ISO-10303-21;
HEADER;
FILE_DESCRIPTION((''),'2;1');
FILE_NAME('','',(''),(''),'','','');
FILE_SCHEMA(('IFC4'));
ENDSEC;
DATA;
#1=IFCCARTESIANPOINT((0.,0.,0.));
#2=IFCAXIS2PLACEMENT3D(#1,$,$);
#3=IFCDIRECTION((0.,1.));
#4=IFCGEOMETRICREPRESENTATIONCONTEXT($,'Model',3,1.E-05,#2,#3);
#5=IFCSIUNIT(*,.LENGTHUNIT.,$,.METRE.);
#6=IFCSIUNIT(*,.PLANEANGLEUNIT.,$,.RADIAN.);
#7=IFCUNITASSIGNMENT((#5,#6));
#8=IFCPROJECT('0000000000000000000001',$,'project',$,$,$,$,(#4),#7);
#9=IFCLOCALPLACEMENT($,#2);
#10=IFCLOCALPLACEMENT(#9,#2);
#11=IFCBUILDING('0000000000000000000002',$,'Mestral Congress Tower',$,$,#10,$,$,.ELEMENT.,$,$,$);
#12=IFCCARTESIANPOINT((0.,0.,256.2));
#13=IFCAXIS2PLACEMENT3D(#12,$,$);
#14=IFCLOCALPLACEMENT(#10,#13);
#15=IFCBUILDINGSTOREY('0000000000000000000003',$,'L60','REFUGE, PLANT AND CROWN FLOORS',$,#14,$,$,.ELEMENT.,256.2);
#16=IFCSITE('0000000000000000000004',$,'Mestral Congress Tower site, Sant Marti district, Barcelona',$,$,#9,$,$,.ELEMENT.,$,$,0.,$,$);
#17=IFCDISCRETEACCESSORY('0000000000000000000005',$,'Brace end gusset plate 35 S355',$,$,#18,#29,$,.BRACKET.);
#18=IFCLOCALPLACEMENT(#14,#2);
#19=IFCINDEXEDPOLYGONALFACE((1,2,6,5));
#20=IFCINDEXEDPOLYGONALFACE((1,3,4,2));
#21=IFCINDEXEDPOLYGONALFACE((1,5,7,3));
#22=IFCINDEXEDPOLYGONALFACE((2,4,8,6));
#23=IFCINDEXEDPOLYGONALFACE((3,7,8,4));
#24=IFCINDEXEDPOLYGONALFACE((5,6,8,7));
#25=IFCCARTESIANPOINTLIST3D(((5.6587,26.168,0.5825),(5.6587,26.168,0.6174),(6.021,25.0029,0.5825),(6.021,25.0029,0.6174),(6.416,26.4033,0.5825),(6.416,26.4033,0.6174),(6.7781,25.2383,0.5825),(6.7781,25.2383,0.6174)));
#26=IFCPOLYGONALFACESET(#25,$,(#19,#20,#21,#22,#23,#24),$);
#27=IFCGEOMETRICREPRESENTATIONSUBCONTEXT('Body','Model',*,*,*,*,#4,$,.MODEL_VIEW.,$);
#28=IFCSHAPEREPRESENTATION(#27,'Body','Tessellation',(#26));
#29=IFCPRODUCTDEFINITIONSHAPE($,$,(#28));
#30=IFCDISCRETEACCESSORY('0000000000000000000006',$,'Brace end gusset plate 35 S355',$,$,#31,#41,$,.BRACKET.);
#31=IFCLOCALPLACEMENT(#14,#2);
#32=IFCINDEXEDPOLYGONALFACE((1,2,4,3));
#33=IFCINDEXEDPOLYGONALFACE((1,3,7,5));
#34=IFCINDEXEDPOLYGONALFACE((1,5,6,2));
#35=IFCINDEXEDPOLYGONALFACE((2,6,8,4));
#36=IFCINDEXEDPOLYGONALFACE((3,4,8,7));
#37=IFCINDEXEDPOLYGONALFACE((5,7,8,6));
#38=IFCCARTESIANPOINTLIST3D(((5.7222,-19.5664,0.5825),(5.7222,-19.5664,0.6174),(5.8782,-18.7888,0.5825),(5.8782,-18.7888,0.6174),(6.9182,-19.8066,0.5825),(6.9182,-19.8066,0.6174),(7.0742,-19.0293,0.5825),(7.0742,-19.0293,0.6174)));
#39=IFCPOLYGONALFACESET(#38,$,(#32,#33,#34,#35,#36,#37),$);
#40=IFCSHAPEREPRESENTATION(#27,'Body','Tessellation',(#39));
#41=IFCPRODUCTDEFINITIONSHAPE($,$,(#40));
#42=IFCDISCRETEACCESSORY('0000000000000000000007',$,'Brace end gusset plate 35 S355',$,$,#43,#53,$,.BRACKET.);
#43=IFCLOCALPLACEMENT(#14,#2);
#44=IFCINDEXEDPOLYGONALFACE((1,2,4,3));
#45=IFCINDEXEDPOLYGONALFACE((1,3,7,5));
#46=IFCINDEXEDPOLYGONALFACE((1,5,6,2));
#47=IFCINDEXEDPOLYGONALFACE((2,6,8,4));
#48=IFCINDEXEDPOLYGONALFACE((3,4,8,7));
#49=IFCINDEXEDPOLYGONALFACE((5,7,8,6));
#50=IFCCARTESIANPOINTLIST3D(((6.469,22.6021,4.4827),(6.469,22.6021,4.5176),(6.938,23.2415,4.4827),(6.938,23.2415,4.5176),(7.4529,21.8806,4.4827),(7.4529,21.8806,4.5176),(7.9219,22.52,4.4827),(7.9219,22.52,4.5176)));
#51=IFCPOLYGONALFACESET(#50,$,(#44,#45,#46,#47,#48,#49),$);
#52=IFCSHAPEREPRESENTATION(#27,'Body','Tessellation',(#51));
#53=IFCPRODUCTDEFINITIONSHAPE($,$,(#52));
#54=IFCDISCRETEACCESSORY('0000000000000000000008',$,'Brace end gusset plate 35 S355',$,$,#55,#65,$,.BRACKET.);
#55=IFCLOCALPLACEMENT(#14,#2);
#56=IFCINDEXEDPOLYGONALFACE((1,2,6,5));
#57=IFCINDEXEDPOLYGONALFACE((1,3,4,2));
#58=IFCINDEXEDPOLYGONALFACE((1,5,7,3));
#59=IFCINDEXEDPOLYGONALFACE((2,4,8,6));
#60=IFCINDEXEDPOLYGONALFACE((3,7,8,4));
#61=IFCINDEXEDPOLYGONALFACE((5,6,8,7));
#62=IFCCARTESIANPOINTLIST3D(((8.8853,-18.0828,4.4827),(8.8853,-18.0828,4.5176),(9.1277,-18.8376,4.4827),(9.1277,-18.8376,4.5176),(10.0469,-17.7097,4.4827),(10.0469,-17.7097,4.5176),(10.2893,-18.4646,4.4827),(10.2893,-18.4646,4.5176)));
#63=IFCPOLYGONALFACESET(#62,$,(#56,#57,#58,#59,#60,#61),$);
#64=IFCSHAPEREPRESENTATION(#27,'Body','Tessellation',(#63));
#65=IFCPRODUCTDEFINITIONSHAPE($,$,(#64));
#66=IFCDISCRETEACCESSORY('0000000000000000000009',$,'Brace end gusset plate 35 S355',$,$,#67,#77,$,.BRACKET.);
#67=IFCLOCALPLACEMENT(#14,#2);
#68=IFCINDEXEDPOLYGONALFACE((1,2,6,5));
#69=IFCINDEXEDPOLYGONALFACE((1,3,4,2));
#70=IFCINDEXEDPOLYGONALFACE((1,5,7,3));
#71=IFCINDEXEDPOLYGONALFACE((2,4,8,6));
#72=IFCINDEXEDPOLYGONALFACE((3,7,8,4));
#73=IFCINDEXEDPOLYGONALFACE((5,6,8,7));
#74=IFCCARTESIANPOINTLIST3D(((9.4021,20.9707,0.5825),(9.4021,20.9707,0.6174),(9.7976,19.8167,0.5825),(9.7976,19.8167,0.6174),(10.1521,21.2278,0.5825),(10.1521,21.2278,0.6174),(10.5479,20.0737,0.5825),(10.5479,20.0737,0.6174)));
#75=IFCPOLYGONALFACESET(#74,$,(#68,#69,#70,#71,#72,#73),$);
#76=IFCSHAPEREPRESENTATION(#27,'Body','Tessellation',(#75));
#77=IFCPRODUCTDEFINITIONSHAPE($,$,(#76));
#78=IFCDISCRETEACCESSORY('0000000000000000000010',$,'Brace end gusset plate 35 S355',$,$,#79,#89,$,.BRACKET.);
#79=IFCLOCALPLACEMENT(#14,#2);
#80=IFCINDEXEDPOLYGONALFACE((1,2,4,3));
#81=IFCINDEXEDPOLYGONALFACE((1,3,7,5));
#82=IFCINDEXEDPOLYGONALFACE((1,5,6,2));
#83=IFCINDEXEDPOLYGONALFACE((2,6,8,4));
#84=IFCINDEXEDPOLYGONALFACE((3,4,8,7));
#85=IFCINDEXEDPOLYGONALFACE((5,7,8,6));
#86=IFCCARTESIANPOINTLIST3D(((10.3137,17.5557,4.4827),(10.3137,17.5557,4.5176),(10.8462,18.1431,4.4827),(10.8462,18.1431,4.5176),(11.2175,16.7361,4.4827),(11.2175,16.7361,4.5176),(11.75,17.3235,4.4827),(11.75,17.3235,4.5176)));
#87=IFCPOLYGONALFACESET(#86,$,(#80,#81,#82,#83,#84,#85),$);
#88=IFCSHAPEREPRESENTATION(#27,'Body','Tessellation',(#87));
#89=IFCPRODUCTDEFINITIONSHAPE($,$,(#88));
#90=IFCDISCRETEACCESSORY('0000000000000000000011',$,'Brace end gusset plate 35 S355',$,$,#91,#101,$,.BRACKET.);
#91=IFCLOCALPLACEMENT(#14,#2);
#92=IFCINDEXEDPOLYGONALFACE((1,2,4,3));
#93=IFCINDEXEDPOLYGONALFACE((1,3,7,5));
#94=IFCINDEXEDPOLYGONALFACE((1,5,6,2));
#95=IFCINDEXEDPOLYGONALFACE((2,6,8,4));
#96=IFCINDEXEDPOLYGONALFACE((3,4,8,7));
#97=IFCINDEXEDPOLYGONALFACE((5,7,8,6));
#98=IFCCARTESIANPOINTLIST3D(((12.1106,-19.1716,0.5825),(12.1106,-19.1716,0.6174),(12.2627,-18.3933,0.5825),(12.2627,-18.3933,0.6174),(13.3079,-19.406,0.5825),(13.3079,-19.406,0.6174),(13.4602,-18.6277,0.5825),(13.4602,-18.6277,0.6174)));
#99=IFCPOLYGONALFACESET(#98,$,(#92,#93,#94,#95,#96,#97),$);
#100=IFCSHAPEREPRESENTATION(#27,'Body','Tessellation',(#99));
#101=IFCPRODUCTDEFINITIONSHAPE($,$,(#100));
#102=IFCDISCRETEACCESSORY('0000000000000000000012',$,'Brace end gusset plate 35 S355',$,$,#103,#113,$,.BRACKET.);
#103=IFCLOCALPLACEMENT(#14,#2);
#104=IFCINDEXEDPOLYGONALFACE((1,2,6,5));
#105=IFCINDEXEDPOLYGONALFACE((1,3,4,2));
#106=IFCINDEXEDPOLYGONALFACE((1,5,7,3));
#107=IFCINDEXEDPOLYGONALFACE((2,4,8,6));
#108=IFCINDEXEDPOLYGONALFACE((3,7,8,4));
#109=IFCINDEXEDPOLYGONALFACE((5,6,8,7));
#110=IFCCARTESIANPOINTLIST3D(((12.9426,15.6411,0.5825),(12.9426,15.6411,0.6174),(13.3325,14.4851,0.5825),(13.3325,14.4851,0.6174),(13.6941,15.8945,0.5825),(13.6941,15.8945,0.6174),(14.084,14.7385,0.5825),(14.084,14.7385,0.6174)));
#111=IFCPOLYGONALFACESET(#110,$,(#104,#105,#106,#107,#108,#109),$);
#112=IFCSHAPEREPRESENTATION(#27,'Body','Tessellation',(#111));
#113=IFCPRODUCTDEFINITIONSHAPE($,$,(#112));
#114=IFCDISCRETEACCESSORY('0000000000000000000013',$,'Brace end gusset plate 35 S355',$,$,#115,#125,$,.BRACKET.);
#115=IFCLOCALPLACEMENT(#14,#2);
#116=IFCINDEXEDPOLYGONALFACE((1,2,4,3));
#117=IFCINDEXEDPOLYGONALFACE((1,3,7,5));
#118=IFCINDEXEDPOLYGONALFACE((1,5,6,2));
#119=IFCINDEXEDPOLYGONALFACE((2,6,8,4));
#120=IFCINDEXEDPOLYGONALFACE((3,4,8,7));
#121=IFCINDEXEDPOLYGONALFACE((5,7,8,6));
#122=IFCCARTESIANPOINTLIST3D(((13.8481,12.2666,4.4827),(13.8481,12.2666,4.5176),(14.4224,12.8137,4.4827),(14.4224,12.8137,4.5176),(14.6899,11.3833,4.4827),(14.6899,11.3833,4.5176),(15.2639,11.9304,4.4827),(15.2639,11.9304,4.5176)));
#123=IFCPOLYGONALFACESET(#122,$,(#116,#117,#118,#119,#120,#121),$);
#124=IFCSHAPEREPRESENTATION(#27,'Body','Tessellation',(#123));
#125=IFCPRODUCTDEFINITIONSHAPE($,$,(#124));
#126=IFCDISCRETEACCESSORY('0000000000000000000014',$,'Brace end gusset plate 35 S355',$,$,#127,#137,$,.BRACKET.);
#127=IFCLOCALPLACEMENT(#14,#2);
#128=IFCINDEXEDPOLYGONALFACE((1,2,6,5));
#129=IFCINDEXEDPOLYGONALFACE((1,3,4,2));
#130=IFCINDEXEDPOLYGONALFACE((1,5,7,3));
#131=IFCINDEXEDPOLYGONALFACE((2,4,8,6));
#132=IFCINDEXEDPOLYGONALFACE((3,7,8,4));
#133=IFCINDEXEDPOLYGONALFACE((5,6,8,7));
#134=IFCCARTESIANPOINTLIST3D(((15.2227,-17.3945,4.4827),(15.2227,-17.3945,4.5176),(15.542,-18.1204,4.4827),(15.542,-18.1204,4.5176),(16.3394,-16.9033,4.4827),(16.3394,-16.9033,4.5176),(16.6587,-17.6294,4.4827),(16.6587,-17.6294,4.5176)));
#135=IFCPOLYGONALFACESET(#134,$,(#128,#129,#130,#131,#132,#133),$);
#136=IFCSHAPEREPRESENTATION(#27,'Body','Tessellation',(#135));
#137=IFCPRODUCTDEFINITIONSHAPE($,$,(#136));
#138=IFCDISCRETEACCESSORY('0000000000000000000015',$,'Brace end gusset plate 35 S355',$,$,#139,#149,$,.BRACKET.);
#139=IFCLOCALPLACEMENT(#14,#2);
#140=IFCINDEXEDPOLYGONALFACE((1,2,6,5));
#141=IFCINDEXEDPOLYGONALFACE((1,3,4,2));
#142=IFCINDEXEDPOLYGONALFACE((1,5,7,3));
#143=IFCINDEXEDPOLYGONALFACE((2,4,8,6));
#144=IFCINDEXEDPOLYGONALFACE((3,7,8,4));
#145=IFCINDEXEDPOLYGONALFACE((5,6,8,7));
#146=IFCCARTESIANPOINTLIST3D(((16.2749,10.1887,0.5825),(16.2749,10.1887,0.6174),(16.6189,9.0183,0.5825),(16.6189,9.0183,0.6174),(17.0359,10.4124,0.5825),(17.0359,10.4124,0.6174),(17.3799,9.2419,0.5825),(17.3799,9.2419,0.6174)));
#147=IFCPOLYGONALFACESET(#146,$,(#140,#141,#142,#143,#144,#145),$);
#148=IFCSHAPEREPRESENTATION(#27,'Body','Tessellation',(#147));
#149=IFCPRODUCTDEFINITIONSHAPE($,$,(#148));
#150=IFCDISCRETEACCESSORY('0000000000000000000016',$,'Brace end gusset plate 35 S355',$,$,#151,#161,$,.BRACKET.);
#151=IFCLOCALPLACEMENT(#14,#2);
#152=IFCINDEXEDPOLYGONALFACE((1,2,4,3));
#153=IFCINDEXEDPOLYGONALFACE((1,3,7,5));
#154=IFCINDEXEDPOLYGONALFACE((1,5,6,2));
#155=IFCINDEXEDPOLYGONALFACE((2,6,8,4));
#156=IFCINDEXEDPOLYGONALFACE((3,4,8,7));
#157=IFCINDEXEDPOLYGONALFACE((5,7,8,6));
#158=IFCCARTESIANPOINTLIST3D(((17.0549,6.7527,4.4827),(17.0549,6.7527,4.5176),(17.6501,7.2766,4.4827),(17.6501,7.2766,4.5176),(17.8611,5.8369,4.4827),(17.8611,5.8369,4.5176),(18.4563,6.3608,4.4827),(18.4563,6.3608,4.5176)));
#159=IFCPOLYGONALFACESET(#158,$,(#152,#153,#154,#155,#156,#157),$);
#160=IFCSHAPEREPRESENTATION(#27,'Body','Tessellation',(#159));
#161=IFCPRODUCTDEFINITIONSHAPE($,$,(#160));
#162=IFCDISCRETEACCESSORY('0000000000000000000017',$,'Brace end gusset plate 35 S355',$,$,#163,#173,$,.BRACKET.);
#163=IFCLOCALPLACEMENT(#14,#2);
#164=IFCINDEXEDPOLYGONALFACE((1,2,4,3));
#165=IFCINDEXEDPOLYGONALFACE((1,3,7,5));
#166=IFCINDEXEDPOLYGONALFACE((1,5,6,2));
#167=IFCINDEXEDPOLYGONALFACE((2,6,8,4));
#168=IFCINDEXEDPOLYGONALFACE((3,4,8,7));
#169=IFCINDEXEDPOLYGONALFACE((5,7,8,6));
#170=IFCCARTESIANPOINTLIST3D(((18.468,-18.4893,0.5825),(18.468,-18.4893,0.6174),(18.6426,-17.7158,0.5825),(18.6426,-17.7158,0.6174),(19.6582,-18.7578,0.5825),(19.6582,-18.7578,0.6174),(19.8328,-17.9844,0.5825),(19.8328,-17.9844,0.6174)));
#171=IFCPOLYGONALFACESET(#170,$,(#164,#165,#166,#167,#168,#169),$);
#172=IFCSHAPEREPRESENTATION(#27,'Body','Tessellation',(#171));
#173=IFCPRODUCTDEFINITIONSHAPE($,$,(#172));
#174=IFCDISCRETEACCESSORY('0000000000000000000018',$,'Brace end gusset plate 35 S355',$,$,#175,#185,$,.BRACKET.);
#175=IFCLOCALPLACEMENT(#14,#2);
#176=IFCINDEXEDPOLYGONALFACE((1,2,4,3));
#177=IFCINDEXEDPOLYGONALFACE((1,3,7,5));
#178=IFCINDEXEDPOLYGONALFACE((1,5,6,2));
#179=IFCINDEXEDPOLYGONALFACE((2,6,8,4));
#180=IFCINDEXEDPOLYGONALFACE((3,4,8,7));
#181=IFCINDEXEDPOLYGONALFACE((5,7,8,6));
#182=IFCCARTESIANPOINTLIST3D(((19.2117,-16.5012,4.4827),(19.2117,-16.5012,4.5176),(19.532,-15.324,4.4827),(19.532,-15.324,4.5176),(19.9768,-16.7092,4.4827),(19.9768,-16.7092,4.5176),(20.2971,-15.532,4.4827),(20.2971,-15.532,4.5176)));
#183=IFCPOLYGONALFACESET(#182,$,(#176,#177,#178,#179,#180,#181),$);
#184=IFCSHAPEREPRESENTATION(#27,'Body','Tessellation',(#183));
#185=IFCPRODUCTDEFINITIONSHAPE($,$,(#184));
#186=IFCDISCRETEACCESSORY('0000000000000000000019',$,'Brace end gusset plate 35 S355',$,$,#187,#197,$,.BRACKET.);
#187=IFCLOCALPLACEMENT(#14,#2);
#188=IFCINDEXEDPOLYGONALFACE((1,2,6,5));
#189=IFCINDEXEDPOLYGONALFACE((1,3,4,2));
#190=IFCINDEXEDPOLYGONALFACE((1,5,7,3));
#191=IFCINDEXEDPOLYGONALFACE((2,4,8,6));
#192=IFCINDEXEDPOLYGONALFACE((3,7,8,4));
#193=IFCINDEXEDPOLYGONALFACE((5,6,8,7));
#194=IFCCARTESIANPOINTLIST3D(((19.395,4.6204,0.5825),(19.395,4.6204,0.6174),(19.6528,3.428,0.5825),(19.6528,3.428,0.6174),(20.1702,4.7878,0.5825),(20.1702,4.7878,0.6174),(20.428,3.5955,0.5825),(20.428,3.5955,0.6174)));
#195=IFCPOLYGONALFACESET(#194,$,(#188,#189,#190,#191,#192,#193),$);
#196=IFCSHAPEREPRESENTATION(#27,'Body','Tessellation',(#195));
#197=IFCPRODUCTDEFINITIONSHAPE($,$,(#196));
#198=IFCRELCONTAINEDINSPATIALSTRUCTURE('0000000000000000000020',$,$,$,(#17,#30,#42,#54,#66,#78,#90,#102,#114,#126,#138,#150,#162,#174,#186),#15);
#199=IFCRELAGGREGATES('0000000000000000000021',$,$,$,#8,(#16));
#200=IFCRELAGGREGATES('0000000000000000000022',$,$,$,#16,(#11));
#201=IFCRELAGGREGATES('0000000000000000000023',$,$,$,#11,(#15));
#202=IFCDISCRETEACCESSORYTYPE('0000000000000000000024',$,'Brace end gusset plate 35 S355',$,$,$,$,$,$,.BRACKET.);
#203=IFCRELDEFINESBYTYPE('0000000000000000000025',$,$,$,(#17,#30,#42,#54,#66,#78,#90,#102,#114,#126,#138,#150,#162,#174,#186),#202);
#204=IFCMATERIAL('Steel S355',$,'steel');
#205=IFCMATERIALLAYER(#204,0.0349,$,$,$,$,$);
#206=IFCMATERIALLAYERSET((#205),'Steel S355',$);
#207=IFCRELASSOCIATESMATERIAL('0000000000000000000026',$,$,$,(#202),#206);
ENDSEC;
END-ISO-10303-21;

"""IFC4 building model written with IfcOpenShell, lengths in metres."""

from ifc_helpers import new_model, si_unit, direction, frame, origin, place, context, subcontext, project, spatial, polyline, outline, extrude, material, layer, layer_set, type_object, element, save


model = new_model("IFC4")

# Units and contexts
model_context = context("Model", 3, precision=1e-05, world=origin(), true_north=direction((0.0, 1.0)))
body_context = subcontext(model_context, "Body", "Model", "MODEL_VIEW")
ifc_project = project(units=[si_unit("LENGTHUNIT", "METRE"), si_unit("PLANEANGLEUNIT", "RADIAN")], contexts=[model_context])

# Site, building, storey
site_placement = place(None, origin())
site = spatial("IfcSite", under=ifc_project, at=site_placement, Name="Mestral Congress Tower site, Sant Marti district, Barcelona", CompositionType="ELEMENT", RefElevation=0.0)
building_placement = place(site_placement, origin())
building = spatial("IfcBuilding", under=site, at=building_placement, Name="Mestral Congress Tower", CompositionType="ELEMENT")
storey_placement = place(building_placement, frame((0.0, 0.0, 256.2)))
storey = spatial("IfcBuildingStorey", under=building, at=storey_placement, Name="L60", Description="REFUGE, PLANT AND CROWN FLOORS", CompositionType="ELEMENT", Elevation=256.2)

# Discrete accessories
ifc_material_1 = material(Name="Steel S355", Category="steel")
ifc_layer_1 = layer(ifc_material_1, 0.0349)
ifc_layer_set_1 = layer_set([ifc_layer_1], Name="Steel S355")
discrete_accessory_type = type_object("IfcDiscreteAccessoryType", Name="Brace end gusset plate 35 S355", PredefinedType="BRACKET", material=ifc_layer_set_1)
placement_1 = place(storey_placement, frame((0.0, 0.0, 4.4827)))
placement_2 = place(storey_placement, frame((0.0, 0.0, 0.5825)))
element("IfcDiscreteAccessory", 1, at=placement_2, inside=storey, type_object=discrete_accessory_type, Name="Brace end gusset plate 35 S355", PredefinedType="BRACKET", context=body_context, shape_type="SweptSolid", body=[
    extrude(outline(polyline([(5.6587, 26.168), (6.021, 25.0029), (6.7781, 25.2383), (6.416, 26.4033), (5.6587, 26.168)])), origin(), (0.0, 0.0, 1.0), 0.0349),
])
element("IfcDiscreteAccessory", 2, at=placement_2, inside=storey, type_object=discrete_accessory_type, Name="Brace end gusset plate 35 S355", PredefinedType="BRACKET", context=body_context, shape_type="SweptSolid", body=[
    extrude(outline(polyline([(7.0742, -19.0293), (5.8782, -18.7888), (5.7222, -19.5664), (6.9182, -19.8066), (7.0742, -19.0293)])), origin(), (0.0, 0.0, 1.0), 0.0349),
])
element("IfcDiscreteAccessory", 3, at=placement_1, inside=storey, type_object=discrete_accessory_type, Name="Brace end gusset plate 35 S355", PredefinedType="BRACKET", context=body_context, shape_type="SweptSolid", body=[
    extrude(outline(polyline([(6.469, 22.6021), (7.4529, 21.8806), (7.9219, 22.52), (6.938, 23.2415), (6.469, 22.6021)])), origin(), (0.0, 0.0, 1.0), 0.0349),
])
element("IfcDiscreteAccessory", 4, at=placement_1, inside=storey, type_object=discrete_accessory_type, Name="Brace end gusset plate 35 S355", PredefinedType="BRACKET", context=body_context, shape_type="SweptSolid", body=[
    extrude(outline(polyline([(10.0469, -17.7097), (8.8853, -18.0828), (9.1277, -18.8376), (10.2893, -18.4646), (10.0469, -17.7097)])), origin(), (0.0, 0.0, 1.0), 0.0349),
])
element("IfcDiscreteAccessory", 5, at=placement_2, inside=storey, type_object=discrete_accessory_type, Name="Brace end gusset plate 35 S355", PredefinedType="BRACKET", context=body_context, shape_type="SweptSolid", body=[
    extrude(outline(polyline([(9.4021, 20.9707), (9.7976, 19.8167), (10.5479, 20.0737), (10.1521, 21.2278), (9.4021, 20.9707)])), origin(), (0.0, 0.0, 1.0), 0.0349),
])
element("IfcDiscreteAccessory", 6, at=placement_1, inside=storey, type_object=discrete_accessory_type, Name="Brace end gusset plate 35 S355", PredefinedType="BRACKET", context=body_context, shape_type="SweptSolid", body=[
    extrude(outline(polyline([(10.3137, 17.5557), (11.2175, 16.7361), (11.75, 17.3235), (10.8462, 18.1431), (10.3137, 17.5557)])), origin(), (0.0, 0.0, 1.0), 0.0349),
])
element("IfcDiscreteAccessory", 7, at=placement_2, inside=storey, type_object=discrete_accessory_type, Name="Brace end gusset plate 35 S355", PredefinedType="BRACKET", context=body_context, shape_type="SweptSolid", body=[
    extrude(outline(polyline([(13.4602, -18.6277), (12.2627, -18.3933), (12.1106, -19.1716), (13.3079, -19.406), (13.4602, -18.6277)])), origin(), (0.0, 0.0, 1.0), 0.0349),
])
element("IfcDiscreteAccessory", 8, at=placement_2, inside=storey, type_object=discrete_accessory_type, Name="Brace end gusset plate 35 S355", PredefinedType="BRACKET", context=body_context, shape_type="SweptSolid", body=[
    extrude(outline(polyline([(12.9426, 15.6411), (13.3325, 14.4851), (14.084, 14.7385), (13.6941, 15.8945), (12.9426, 15.6411)])), origin(), (0.0, 0.0, 1.0), 0.0349),
])
element("IfcDiscreteAccessory", 9, at=placement_1, inside=storey, type_object=discrete_accessory_type, Name="Brace end gusset plate 35 S355", PredefinedType="BRACKET", context=body_context, shape_type="SweptSolid", body=[
    extrude(outline(polyline([(13.8481, 12.2666), (14.6899, 11.3833), (15.2639, 11.9304), (14.4224, 12.8137), (13.8481, 12.2666)])), origin(), (0.0, 0.0, 1.0), 0.0349),
])
element("IfcDiscreteAccessory", 10, at=placement_1, inside=storey, type_object=discrete_accessory_type, Name="Brace end gusset plate 35 S355", PredefinedType="BRACKET", context=body_context, shape_type="SweptSolid", body=[
    extrude(outline(polyline([(16.3394, -16.9033), (15.2227, -17.3945), (15.542, -18.1204), (16.6587, -17.6294), (16.3394, -16.9033)])), origin(), (0.0, 0.0, 1.0), 0.0349),
])
element("IfcDiscreteAccessory", 11, at=placement_2, inside=storey, type_object=discrete_accessory_type, Name="Brace end gusset plate 35 S355", PredefinedType="BRACKET", context=body_context, shape_type="SweptSolid", body=[
    extrude(outline(polyline([(16.2749, 10.1887), (16.6189, 9.0183), (17.3799, 9.2419), (17.0359, 10.4124), (16.2749, 10.1887)])), origin(), (0.0, 0.0, 1.0), 0.0349),
])
element("IfcDiscreteAccessory", 12, at=placement_1, inside=storey, type_object=discrete_accessory_type, Name="Brace end gusset plate 35 S355", PredefinedType="BRACKET", context=body_context, shape_type="SweptSolid", body=[
    extrude(outline(polyline([(17.0549, 6.7527), (17.8611, 5.8369), (18.4563, 6.3608), (17.6501, 7.2766), (17.0549, 6.7527)])), origin(), (0.0, 0.0, 1.0), 0.0349),
])
element("IfcDiscreteAccessory", 13, at=placement_2, inside=storey, type_object=discrete_accessory_type, Name="Brace end gusset plate 35 S355", PredefinedType="BRACKET", context=body_context, shape_type="SweptSolid", body=[
    extrude(outline(polyline([(19.8328, -17.9844), (18.6426, -17.7158), (18.468, -18.4893), (19.6582, -18.7578), (19.8328, -17.9844)])), origin(), (0.0, 0.0, 1.0), 0.0349),
])
element("IfcDiscreteAccessory", 14, at=placement_1, inside=storey, type_object=discrete_accessory_type, Name="Brace end gusset plate 35 S355", PredefinedType="BRACKET", context=body_context, shape_type="SweptSolid", body=[
    extrude(outline(polyline([(19.532, -15.324), (19.2117, -16.5012), (19.9768, -16.7092), (20.2971, -15.532), (19.532, -15.324)])), origin(), (0.0, 0.0, 1.0), 0.0349),
])
element("IfcDiscreteAccessory", 15, at=placement_2, inside=storey, type_object=discrete_accessory_type, Name="Brace end gusset plate 35 S355", PredefinedType="BRACKET", context=body_context, shape_type="SweptSolid", body=[
    extrude(outline(polyline([(19.395, 4.6204), (19.6528, 3.428), (20.428, 3.5955), (20.1702, 4.7878), (19.395, 4.6204)])), origin(), (0.0, 0.0, 1.0), 0.0349),
])

save(model, "model.ifc")
